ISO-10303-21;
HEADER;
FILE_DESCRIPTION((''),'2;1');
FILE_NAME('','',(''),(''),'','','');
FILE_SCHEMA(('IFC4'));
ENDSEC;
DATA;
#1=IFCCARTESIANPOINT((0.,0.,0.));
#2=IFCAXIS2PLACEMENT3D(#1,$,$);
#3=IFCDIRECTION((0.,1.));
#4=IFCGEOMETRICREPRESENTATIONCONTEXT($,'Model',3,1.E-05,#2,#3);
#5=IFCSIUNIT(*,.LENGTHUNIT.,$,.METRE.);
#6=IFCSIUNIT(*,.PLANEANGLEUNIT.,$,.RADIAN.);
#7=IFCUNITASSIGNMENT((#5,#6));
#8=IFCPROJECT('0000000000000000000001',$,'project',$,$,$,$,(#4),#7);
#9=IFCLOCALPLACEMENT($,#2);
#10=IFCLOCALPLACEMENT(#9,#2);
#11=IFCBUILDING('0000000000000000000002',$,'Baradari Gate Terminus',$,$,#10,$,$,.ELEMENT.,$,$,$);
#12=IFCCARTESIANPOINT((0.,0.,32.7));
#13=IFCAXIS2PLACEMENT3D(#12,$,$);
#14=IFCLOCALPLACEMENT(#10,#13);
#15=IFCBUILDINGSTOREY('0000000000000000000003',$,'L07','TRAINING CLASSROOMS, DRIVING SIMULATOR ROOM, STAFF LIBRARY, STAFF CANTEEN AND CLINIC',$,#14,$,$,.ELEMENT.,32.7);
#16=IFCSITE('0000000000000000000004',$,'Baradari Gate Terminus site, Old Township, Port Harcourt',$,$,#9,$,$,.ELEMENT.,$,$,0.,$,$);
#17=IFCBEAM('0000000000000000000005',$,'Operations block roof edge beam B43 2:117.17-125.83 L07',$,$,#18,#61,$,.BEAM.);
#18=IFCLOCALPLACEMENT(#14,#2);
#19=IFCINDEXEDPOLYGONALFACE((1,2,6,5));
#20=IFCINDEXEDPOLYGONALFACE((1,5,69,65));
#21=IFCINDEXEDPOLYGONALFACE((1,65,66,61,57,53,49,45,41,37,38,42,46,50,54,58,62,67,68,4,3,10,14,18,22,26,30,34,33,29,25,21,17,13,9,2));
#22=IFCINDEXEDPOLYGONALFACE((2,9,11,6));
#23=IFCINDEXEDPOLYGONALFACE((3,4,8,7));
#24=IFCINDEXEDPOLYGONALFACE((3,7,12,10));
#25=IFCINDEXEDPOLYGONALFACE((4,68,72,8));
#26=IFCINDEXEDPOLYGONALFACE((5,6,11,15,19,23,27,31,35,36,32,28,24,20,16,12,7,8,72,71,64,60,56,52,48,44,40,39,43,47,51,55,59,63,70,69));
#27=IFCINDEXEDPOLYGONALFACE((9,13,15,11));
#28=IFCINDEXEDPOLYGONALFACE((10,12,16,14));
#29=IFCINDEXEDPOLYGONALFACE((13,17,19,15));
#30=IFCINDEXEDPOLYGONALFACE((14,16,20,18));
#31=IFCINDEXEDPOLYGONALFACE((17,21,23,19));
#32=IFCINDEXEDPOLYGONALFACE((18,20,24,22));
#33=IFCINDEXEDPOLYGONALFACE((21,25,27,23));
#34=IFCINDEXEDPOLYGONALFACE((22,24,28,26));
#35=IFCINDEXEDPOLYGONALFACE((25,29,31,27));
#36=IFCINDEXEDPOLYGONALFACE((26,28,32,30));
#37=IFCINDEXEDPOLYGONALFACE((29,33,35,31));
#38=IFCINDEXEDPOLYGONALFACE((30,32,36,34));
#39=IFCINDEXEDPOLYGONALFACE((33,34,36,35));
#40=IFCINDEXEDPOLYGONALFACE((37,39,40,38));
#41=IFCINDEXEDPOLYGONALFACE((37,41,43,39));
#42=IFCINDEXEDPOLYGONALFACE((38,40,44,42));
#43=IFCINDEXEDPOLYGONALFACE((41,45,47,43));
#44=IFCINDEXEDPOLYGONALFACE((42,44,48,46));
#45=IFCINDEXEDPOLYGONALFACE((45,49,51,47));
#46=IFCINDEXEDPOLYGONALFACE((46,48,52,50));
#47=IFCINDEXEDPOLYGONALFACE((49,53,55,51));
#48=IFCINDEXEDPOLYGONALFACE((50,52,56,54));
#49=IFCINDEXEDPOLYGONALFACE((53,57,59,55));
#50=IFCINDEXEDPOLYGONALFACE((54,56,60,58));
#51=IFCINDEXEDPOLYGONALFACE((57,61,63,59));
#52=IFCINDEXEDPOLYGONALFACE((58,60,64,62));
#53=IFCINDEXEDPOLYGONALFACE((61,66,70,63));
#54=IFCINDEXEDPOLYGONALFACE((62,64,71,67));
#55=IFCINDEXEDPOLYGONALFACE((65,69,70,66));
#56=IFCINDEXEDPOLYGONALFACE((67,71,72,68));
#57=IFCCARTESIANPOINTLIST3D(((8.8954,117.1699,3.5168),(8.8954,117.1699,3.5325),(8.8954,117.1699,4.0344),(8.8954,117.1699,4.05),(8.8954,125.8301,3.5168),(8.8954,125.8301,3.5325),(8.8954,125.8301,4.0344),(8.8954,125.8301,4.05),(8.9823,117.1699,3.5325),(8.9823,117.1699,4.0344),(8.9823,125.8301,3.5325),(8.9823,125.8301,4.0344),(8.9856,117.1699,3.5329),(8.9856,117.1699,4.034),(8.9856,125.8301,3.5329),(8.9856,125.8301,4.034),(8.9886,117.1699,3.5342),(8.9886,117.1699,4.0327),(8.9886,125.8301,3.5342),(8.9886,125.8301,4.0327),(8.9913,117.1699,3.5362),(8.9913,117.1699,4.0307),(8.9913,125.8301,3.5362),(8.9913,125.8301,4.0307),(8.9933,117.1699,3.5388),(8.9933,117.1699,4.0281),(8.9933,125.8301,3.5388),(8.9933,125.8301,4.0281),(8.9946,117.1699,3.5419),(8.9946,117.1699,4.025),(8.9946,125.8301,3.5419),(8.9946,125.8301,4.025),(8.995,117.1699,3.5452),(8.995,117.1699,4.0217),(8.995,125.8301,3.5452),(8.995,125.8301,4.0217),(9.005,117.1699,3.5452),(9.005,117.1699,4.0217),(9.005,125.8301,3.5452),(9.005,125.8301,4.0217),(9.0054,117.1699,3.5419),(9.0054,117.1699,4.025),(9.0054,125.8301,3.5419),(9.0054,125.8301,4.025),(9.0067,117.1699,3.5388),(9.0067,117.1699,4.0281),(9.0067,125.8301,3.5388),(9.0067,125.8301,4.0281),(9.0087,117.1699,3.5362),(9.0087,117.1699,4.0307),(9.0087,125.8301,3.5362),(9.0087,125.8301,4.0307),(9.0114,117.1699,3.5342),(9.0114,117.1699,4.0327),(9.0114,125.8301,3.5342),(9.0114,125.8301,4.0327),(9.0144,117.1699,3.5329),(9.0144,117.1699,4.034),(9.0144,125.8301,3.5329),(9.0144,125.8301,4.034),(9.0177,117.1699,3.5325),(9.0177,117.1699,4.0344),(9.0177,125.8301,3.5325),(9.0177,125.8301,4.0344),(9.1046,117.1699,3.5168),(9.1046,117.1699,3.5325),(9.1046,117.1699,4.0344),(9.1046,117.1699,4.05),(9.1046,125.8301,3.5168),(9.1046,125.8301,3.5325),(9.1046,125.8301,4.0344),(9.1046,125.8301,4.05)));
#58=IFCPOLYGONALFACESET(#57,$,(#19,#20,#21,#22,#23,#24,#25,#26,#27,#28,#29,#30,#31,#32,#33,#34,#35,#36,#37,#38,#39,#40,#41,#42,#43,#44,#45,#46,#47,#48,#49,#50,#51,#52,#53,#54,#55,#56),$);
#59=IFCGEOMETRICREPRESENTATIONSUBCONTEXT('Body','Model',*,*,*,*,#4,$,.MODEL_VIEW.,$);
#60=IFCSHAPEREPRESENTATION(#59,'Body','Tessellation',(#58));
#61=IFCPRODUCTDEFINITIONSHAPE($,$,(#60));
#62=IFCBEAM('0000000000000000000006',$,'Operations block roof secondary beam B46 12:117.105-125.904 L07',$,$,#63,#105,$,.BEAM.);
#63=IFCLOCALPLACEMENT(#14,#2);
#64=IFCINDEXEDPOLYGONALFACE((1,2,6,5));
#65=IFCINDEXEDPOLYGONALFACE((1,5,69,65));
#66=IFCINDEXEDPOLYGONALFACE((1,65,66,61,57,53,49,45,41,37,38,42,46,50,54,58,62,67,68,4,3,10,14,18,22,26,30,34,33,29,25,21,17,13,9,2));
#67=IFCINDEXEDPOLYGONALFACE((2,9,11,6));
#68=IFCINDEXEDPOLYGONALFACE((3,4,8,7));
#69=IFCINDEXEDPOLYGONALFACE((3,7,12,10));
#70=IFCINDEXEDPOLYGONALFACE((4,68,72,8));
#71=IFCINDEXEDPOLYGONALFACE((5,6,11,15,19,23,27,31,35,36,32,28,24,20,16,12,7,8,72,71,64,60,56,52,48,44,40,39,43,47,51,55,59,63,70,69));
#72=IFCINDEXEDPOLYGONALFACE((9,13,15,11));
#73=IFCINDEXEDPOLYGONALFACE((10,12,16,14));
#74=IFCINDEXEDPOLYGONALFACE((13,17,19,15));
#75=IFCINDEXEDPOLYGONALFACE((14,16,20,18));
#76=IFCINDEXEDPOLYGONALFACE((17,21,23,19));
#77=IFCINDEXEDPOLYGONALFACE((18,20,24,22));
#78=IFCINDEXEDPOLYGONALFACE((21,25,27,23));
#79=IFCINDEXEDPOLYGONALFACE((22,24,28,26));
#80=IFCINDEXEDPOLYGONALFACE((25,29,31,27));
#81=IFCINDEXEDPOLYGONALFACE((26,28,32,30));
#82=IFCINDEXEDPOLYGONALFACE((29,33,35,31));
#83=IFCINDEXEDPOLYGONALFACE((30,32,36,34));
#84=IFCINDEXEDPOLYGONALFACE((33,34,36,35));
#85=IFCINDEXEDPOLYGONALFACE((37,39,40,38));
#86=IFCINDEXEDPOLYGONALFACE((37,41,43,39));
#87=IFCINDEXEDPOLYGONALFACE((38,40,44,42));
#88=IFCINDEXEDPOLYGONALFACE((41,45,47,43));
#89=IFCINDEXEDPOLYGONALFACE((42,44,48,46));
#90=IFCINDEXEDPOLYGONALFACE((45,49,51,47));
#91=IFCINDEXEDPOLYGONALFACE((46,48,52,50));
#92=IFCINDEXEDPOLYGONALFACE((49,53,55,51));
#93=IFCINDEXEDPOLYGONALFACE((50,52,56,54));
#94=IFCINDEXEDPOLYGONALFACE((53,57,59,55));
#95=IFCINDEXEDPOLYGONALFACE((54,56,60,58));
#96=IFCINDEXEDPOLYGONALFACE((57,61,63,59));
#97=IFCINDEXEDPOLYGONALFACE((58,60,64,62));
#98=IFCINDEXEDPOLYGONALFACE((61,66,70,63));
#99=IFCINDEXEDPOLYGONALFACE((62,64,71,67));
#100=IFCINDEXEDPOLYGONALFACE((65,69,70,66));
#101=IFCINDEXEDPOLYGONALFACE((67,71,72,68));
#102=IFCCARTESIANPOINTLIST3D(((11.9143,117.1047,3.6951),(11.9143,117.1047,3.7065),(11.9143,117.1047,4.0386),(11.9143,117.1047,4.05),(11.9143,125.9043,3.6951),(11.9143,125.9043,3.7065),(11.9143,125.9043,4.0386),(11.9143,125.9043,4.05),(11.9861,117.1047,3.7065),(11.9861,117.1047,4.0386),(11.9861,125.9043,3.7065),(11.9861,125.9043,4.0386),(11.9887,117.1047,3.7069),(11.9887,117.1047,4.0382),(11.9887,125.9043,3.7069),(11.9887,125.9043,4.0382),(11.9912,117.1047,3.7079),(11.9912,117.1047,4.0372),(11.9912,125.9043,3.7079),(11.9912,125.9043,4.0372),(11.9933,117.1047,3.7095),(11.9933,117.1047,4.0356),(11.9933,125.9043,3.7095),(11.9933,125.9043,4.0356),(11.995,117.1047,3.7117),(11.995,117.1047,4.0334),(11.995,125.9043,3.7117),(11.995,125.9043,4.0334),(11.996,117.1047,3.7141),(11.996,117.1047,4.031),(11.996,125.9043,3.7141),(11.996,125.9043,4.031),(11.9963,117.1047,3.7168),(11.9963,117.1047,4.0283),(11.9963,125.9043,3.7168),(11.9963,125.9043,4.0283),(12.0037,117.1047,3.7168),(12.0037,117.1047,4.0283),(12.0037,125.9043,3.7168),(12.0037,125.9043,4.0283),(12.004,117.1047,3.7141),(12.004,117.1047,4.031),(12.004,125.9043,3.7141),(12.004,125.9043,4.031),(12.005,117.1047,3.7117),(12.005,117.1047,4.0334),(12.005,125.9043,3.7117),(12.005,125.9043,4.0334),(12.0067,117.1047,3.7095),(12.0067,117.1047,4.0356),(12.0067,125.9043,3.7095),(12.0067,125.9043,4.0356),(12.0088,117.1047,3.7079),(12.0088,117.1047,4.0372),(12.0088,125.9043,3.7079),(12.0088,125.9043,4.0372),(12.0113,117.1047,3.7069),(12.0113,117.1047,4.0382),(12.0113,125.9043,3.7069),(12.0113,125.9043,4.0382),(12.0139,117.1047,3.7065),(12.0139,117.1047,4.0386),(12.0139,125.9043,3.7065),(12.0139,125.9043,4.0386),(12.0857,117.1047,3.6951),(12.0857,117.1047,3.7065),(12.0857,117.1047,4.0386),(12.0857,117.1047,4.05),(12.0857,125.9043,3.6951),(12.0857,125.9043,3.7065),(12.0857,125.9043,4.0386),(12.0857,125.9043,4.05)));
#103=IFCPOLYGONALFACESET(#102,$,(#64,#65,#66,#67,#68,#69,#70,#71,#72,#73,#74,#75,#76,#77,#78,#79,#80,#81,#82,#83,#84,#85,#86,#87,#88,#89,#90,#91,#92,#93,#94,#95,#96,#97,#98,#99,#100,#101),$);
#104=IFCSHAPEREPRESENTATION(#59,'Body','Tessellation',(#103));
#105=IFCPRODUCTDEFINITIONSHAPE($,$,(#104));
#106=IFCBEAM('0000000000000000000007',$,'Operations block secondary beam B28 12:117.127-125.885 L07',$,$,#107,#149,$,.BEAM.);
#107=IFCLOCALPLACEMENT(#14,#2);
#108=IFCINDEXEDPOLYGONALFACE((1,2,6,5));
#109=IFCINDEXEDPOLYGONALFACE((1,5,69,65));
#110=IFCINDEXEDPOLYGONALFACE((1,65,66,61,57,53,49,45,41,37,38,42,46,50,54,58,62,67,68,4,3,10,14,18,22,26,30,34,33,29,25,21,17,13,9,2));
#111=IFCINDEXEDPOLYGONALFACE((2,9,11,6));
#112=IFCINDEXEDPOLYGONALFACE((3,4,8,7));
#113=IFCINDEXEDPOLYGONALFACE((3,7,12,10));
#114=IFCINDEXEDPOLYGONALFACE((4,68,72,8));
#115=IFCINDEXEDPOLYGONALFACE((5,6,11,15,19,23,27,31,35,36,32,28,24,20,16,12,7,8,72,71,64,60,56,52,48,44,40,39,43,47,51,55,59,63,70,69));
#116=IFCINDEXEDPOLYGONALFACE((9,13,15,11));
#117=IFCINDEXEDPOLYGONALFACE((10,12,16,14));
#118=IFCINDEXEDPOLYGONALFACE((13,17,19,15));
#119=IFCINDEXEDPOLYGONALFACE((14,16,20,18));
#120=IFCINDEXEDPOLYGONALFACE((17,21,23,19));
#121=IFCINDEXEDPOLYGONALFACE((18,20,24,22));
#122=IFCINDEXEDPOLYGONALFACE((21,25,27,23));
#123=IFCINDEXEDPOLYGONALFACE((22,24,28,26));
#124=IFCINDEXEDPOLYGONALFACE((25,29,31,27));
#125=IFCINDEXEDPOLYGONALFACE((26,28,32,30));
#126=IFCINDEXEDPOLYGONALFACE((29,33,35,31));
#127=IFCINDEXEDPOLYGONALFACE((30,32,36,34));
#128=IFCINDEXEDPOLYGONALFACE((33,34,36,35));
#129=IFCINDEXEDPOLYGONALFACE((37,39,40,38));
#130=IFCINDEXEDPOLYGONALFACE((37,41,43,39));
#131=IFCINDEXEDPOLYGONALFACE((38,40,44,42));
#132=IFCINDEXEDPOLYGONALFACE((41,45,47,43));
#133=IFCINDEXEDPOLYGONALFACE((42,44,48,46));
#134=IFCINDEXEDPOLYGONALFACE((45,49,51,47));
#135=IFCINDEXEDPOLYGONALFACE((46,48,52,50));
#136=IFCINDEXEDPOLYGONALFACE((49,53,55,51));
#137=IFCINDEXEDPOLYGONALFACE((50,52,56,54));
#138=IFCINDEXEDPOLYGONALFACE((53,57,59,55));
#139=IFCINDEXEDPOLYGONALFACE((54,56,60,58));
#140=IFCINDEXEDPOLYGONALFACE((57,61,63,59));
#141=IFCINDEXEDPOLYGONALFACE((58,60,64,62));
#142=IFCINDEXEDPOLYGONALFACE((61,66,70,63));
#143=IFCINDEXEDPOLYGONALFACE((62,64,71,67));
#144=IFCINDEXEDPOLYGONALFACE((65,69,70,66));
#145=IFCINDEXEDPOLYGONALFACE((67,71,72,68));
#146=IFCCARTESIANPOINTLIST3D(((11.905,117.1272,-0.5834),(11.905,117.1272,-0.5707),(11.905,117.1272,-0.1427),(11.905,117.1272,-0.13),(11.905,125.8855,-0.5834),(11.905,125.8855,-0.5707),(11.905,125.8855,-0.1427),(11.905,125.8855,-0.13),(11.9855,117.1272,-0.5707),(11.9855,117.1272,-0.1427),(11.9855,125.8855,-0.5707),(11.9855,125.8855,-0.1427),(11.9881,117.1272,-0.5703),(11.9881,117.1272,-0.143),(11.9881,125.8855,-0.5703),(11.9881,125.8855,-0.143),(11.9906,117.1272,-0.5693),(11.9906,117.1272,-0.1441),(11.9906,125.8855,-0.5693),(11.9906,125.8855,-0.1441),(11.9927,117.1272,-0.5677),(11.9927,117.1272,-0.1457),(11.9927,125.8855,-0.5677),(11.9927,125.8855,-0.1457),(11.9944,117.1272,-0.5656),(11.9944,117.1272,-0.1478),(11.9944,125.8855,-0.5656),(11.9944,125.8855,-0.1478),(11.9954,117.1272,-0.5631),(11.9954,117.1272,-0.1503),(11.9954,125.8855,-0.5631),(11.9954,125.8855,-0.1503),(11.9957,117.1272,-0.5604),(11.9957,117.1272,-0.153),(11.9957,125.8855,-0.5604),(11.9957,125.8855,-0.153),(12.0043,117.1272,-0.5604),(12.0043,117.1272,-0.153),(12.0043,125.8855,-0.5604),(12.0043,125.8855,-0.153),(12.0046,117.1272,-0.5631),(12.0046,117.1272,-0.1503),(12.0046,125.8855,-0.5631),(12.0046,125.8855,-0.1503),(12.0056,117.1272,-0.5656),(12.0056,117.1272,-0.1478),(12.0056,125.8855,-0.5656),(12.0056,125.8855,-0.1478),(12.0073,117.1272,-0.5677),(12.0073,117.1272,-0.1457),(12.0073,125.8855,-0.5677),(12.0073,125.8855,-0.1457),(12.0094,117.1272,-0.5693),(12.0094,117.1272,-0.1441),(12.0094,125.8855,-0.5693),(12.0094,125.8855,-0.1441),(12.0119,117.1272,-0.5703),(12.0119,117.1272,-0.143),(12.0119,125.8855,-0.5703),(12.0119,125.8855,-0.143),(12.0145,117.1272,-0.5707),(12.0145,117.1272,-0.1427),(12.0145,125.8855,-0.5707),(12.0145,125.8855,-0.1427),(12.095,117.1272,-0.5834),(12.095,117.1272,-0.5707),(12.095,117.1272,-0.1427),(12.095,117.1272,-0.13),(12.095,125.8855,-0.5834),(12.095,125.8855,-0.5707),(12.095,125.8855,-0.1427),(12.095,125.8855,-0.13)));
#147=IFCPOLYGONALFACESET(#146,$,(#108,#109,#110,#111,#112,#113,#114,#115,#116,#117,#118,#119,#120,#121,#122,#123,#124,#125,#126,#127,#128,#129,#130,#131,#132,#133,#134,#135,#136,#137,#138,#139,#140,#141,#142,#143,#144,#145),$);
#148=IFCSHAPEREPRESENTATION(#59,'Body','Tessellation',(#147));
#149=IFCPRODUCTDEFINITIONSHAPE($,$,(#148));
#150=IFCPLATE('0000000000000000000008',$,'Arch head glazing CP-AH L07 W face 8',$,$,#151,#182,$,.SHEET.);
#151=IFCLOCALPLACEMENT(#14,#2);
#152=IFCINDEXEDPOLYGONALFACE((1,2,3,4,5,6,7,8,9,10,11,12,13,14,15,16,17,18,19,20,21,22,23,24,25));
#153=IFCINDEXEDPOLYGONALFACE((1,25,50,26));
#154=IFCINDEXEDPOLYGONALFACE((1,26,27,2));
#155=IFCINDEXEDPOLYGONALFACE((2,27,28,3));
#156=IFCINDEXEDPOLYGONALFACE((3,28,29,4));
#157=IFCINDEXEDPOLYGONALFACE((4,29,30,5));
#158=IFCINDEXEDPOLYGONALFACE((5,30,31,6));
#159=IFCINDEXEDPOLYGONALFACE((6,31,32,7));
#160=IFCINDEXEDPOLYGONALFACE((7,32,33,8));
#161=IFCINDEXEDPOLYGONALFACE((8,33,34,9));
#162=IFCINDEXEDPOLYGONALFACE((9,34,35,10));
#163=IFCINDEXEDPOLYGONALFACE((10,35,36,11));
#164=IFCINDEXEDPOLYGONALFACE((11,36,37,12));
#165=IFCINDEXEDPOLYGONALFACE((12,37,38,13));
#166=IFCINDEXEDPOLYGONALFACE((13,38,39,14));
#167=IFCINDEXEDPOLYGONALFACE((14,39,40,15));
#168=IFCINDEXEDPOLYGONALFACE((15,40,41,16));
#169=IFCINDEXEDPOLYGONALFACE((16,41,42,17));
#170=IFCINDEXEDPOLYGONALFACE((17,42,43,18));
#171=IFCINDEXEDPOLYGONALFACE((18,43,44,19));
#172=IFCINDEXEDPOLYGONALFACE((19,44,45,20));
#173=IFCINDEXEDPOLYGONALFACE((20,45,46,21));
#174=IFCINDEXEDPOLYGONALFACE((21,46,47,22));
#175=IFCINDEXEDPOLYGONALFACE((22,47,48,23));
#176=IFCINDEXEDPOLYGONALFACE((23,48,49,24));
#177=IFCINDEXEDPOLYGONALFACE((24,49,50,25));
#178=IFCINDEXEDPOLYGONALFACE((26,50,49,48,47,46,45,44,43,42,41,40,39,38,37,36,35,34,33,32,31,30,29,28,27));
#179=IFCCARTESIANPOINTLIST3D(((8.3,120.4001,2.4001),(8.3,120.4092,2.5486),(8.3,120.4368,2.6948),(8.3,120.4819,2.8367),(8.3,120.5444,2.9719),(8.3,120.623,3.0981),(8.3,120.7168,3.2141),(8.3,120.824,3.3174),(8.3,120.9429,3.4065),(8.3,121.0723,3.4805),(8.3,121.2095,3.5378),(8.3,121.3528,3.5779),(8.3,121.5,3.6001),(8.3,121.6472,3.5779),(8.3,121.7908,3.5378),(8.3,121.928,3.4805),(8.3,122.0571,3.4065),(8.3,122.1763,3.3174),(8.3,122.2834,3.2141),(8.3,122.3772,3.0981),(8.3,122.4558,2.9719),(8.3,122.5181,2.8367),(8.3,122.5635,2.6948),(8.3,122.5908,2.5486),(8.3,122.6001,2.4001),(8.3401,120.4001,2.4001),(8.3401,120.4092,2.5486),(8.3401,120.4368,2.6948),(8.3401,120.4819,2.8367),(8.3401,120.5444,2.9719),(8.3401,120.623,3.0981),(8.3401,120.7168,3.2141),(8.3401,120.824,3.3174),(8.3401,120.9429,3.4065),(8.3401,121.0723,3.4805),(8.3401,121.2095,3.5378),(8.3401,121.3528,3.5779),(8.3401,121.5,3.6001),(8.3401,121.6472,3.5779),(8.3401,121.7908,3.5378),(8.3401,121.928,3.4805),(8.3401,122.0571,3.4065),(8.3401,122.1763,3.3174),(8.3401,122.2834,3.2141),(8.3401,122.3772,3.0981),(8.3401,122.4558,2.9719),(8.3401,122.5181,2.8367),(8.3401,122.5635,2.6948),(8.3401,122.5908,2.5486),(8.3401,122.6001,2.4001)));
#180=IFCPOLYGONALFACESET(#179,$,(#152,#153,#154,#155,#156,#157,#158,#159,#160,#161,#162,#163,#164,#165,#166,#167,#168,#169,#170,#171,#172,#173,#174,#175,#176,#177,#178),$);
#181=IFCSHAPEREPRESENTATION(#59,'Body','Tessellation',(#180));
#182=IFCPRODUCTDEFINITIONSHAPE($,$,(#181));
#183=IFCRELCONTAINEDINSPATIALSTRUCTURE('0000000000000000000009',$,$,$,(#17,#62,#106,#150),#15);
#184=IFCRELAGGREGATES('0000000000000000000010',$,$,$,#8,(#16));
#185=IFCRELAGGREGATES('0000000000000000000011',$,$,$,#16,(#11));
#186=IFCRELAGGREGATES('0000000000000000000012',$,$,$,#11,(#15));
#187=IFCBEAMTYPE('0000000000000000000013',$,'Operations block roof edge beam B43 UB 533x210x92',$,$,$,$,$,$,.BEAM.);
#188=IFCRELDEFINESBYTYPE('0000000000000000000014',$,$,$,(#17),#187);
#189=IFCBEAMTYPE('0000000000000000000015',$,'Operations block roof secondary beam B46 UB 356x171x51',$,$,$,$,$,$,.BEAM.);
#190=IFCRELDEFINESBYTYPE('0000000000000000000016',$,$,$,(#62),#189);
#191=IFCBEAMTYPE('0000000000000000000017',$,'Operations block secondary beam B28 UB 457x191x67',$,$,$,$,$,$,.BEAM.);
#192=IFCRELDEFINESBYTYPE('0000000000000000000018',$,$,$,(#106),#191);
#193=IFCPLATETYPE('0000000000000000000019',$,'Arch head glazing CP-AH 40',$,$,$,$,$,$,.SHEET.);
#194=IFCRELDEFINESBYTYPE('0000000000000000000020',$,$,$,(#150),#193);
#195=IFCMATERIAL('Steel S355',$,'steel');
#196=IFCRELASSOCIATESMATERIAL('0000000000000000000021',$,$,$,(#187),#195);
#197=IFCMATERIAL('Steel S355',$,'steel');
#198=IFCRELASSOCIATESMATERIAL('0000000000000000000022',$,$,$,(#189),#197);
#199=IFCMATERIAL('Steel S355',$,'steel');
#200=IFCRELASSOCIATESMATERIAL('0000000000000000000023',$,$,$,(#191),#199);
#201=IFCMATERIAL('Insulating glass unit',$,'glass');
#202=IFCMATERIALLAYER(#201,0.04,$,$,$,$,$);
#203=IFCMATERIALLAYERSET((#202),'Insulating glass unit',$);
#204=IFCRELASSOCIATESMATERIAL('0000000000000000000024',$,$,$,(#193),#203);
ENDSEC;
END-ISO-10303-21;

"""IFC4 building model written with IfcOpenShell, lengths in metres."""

from ifc_helpers import new_model, si_unit, direction, frame, origin, origin_2d, place, context, subcontext, project, spatial, polyline, i_section, outline, extrude, material, layer, layer_set, material_profile, profile_set, type_object, element, save


model = new_model("IFC4")

# Units and contexts
model_context = context("Model", 3, precision=1e-05, world=origin(), true_north=direction((0.0, 1.0)))
body_context = subcontext(model_context, "Body", "Model", "MODEL_VIEW")
ifc_project = project(units=[si_unit("LENGTHUNIT", "METRE"), si_unit("PLANEANGLEUNIT", "RADIAN")], contexts=[model_context])

# Site, building, storey
site_placement = place(None, origin())
site = spatial("IfcSite", under=ifc_project, at=site_placement, Name="Baradari Gate Terminus site, Old Township, Port Harcourt", CompositionType="ELEMENT", RefElevation=0.0)
building_placement = place(site_placement, origin())
building = spatial("IfcBuilding", under=site, at=building_placement, Name="Baradari Gate Terminus", CompositionType="ELEMENT")
storey_placement = place(building_placement, frame((0.0, 0.0, 32.7)))
storey = spatial("IfcBuildingStorey", under=building, at=storey_placement, Name="L07", Description="TRAINING CLASSROOMS, DRIVING SIMULATOR ROOM, STAFF LIBRARY, STAFF CANTEEN AND CLINIC", CompositionType="ELEMENT", Elevation=32.7)

# Beams
ifc_material_1 = material(Name="Steel S355", Category="steel")
ifc_material_profile_1 = material_profile(ifc_material_1, i_section(OverallWidth=0.2092, OverallDepth=0.5332, WebThickness=0.01, FlangeThickness=0.0156, FilletRadius=0.0127, at=origin_2d()), Name="UB 533x210x92")
ifc_profile_set_1 = profile_set([ifc_material_profile_1], Name="Steel S355")
beam_type_1 = type_object("IfcBeamType", Name="Operations block roof edge beam B43 UB 533x210x92", PredefinedType="BEAM", material=ifc_profile_set_1)
beam_1_placement = place(storey_placement, frame((9.0, 117.1699, 3.7834), z_axis=(0.0, 1.0, 0.0), x_axis=(-1.0, 0.0, 0.0)))
element("IfcBeam", 1, at=beam_1_placement, inside=storey, type_object=beam_type_1, Name="Operations block roof edge beam B43 2:117.17-125.83 L07", PredefinedType="BEAM", context=body_context, shape_type="SweptSolid", body=[
    extrude(i_section(OverallWidth=0.2092, OverallDepth=0.5332, WebThickness=0.01, FlangeThickness=0.0156, FilletRadius=0.0127, at=origin_2d()), origin(), (0.0, 0.0, 1.0), 8.6602),
])
ifc_material_2 = material(Name="Steel S355", Category="steel")
ifc_material_profile_2 = material_profile(ifc_material_2, i_section(OverallWidth=0.1714, OverallDepth=0.355, WebThickness=0.0073, FlangeThickness=0.0115, FilletRadius=0.0103, at=origin_2d()), Name="UB 356x171x51")
ifc_profile_set_2 = profile_set([ifc_material_profile_2], Name="Steel S355")
beam_type_2 = type_object("IfcBeamType", Name="Operations block roof secondary beam B46 UB 356x171x51", PredefinedType="BEAM", material=ifc_profile_set_2)
beam_2_placement = place(storey_placement, frame((12.0, 117.1047, 3.8726), z_axis=(0.0, 1.0, 0.0), x_axis=(-1.0, 0.0, 0.0)))
element("IfcBeam", 2, at=beam_2_placement, inside=storey, type_object=beam_type_2, Name="Operations block roof secondary beam B46 12:117.105-125.904 L07", PredefinedType="BEAM", context=body_context, shape_type="SweptSolid", body=[
    extrude(i_section(OverallWidth=0.1714, OverallDepth=0.355, WebThickness=0.0073, FlangeThickness=0.0115, FilletRadius=0.0103, at=origin_2d()), origin(), (0.0, 0.0, 1.0), 8.7996),
])
ifc_material_3 = material(Name="Steel S355", Category="steel")
ifc_material_profile_3 = material_profile(ifc_material_3, i_section(OverallWidth=0.1899, OverallDepth=0.4534, WebThickness=0.0085, FlangeThickness=0.0127, FilletRadius=0.0103, at=origin_2d()), Name="UB 457x191x67")
ifc_profile_set_3 = profile_set([ifc_material_profile_3], Name="Steel S355")
beam_type_3 = type_object("IfcBeamType", Name="Operations block secondary beam B28 UB 457x191x67", PredefinedType="BEAM", material=ifc_profile_set_3)
beam_3_placement = place(storey_placement, frame((12.0, 117.1272, -0.3567), z_axis=(0.0, 1.0, 0.0), x_axis=(-1.0, 0.0, 0.0)))
element("IfcBeam", 3, at=beam_3_placement, inside=storey, type_object=beam_type_3, Name="Operations block secondary beam B28 12:117.127-125.885 L07", PredefinedType="BEAM", context=body_context, shape_type="SweptSolid", body=[
    extrude(i_section(OverallWidth=0.1899, OverallDepth=0.4534, WebThickness=0.0085, FlangeThickness=0.0127, FilletRadius=0.0103, at=origin_2d()), origin(), (0.0, 0.0, 1.0), 8.7583),
])

# Plate
ifc_material_4 = material(Name="Insulating glass unit", Category="glass")
ifc_layer_1 = layer(ifc_material_4, 0.04)
ifc_layer_set_1 = layer_set([ifc_layer_1], Name="Insulating glass unit")
plate_type_1 = type_object("IfcPlateType", Name="Arch head glazing CP-AH 40", PredefinedType="SHEET", material=ifc_layer_set_1)
for number, where, z_axis, x_axis, name in (
    (4, (8.3201, 122.6001, 2.4001), (0.0, 0.0, 1.0), (0.0, -1.0, 0.0), "Arch head glazing CP-AH L07 W face 8"),
):
    element("IfcPlate", number, at=place(storey_placement, frame(where, z_axis=z_axis, x_axis=x_axis)), inside=storey, type_object=plate_type_1, Name=name, PredefinedType="SHEET", context=body_context, shape_type="SweptSolid", body=[
        extrude(outline(polyline([(0.0, 0.0), (2.2, 0.0), (2.1909, 0.1484), (2.1633, 0.2947), (2.1182, 0.4365), (2.0557, 0.5718), (1.9771, 0.698), (1.8833, 0.814), (1.7761, 0.9172), (1.6572, 1.0063), (1.5278, 1.0803), (1.3906, 1.1377), (1.2473, 1.1777), (1.1001, 1.2), (0.9529, 1.1777), (0.8093, 1.1377), (0.6721, 1.0803), (0.543, 1.0063), (0.4238, 0.9172), (0.3167, 0.814), (0.2229, 0.698), (0.1443, 0.5718), (0.082, 0.4365), (0.0366, 0.2947), (0.0093, 0.1484), (0.0, 0.0)])), frame((0.0, 0.02, 0.0), z_axis=(0.0, -1.0, 0.0), x_axis=(1.0, 0.0, 0.0)), (0.0, 0.0, 1.0), 0.04),
    ])

save(model, "model.ifc")
